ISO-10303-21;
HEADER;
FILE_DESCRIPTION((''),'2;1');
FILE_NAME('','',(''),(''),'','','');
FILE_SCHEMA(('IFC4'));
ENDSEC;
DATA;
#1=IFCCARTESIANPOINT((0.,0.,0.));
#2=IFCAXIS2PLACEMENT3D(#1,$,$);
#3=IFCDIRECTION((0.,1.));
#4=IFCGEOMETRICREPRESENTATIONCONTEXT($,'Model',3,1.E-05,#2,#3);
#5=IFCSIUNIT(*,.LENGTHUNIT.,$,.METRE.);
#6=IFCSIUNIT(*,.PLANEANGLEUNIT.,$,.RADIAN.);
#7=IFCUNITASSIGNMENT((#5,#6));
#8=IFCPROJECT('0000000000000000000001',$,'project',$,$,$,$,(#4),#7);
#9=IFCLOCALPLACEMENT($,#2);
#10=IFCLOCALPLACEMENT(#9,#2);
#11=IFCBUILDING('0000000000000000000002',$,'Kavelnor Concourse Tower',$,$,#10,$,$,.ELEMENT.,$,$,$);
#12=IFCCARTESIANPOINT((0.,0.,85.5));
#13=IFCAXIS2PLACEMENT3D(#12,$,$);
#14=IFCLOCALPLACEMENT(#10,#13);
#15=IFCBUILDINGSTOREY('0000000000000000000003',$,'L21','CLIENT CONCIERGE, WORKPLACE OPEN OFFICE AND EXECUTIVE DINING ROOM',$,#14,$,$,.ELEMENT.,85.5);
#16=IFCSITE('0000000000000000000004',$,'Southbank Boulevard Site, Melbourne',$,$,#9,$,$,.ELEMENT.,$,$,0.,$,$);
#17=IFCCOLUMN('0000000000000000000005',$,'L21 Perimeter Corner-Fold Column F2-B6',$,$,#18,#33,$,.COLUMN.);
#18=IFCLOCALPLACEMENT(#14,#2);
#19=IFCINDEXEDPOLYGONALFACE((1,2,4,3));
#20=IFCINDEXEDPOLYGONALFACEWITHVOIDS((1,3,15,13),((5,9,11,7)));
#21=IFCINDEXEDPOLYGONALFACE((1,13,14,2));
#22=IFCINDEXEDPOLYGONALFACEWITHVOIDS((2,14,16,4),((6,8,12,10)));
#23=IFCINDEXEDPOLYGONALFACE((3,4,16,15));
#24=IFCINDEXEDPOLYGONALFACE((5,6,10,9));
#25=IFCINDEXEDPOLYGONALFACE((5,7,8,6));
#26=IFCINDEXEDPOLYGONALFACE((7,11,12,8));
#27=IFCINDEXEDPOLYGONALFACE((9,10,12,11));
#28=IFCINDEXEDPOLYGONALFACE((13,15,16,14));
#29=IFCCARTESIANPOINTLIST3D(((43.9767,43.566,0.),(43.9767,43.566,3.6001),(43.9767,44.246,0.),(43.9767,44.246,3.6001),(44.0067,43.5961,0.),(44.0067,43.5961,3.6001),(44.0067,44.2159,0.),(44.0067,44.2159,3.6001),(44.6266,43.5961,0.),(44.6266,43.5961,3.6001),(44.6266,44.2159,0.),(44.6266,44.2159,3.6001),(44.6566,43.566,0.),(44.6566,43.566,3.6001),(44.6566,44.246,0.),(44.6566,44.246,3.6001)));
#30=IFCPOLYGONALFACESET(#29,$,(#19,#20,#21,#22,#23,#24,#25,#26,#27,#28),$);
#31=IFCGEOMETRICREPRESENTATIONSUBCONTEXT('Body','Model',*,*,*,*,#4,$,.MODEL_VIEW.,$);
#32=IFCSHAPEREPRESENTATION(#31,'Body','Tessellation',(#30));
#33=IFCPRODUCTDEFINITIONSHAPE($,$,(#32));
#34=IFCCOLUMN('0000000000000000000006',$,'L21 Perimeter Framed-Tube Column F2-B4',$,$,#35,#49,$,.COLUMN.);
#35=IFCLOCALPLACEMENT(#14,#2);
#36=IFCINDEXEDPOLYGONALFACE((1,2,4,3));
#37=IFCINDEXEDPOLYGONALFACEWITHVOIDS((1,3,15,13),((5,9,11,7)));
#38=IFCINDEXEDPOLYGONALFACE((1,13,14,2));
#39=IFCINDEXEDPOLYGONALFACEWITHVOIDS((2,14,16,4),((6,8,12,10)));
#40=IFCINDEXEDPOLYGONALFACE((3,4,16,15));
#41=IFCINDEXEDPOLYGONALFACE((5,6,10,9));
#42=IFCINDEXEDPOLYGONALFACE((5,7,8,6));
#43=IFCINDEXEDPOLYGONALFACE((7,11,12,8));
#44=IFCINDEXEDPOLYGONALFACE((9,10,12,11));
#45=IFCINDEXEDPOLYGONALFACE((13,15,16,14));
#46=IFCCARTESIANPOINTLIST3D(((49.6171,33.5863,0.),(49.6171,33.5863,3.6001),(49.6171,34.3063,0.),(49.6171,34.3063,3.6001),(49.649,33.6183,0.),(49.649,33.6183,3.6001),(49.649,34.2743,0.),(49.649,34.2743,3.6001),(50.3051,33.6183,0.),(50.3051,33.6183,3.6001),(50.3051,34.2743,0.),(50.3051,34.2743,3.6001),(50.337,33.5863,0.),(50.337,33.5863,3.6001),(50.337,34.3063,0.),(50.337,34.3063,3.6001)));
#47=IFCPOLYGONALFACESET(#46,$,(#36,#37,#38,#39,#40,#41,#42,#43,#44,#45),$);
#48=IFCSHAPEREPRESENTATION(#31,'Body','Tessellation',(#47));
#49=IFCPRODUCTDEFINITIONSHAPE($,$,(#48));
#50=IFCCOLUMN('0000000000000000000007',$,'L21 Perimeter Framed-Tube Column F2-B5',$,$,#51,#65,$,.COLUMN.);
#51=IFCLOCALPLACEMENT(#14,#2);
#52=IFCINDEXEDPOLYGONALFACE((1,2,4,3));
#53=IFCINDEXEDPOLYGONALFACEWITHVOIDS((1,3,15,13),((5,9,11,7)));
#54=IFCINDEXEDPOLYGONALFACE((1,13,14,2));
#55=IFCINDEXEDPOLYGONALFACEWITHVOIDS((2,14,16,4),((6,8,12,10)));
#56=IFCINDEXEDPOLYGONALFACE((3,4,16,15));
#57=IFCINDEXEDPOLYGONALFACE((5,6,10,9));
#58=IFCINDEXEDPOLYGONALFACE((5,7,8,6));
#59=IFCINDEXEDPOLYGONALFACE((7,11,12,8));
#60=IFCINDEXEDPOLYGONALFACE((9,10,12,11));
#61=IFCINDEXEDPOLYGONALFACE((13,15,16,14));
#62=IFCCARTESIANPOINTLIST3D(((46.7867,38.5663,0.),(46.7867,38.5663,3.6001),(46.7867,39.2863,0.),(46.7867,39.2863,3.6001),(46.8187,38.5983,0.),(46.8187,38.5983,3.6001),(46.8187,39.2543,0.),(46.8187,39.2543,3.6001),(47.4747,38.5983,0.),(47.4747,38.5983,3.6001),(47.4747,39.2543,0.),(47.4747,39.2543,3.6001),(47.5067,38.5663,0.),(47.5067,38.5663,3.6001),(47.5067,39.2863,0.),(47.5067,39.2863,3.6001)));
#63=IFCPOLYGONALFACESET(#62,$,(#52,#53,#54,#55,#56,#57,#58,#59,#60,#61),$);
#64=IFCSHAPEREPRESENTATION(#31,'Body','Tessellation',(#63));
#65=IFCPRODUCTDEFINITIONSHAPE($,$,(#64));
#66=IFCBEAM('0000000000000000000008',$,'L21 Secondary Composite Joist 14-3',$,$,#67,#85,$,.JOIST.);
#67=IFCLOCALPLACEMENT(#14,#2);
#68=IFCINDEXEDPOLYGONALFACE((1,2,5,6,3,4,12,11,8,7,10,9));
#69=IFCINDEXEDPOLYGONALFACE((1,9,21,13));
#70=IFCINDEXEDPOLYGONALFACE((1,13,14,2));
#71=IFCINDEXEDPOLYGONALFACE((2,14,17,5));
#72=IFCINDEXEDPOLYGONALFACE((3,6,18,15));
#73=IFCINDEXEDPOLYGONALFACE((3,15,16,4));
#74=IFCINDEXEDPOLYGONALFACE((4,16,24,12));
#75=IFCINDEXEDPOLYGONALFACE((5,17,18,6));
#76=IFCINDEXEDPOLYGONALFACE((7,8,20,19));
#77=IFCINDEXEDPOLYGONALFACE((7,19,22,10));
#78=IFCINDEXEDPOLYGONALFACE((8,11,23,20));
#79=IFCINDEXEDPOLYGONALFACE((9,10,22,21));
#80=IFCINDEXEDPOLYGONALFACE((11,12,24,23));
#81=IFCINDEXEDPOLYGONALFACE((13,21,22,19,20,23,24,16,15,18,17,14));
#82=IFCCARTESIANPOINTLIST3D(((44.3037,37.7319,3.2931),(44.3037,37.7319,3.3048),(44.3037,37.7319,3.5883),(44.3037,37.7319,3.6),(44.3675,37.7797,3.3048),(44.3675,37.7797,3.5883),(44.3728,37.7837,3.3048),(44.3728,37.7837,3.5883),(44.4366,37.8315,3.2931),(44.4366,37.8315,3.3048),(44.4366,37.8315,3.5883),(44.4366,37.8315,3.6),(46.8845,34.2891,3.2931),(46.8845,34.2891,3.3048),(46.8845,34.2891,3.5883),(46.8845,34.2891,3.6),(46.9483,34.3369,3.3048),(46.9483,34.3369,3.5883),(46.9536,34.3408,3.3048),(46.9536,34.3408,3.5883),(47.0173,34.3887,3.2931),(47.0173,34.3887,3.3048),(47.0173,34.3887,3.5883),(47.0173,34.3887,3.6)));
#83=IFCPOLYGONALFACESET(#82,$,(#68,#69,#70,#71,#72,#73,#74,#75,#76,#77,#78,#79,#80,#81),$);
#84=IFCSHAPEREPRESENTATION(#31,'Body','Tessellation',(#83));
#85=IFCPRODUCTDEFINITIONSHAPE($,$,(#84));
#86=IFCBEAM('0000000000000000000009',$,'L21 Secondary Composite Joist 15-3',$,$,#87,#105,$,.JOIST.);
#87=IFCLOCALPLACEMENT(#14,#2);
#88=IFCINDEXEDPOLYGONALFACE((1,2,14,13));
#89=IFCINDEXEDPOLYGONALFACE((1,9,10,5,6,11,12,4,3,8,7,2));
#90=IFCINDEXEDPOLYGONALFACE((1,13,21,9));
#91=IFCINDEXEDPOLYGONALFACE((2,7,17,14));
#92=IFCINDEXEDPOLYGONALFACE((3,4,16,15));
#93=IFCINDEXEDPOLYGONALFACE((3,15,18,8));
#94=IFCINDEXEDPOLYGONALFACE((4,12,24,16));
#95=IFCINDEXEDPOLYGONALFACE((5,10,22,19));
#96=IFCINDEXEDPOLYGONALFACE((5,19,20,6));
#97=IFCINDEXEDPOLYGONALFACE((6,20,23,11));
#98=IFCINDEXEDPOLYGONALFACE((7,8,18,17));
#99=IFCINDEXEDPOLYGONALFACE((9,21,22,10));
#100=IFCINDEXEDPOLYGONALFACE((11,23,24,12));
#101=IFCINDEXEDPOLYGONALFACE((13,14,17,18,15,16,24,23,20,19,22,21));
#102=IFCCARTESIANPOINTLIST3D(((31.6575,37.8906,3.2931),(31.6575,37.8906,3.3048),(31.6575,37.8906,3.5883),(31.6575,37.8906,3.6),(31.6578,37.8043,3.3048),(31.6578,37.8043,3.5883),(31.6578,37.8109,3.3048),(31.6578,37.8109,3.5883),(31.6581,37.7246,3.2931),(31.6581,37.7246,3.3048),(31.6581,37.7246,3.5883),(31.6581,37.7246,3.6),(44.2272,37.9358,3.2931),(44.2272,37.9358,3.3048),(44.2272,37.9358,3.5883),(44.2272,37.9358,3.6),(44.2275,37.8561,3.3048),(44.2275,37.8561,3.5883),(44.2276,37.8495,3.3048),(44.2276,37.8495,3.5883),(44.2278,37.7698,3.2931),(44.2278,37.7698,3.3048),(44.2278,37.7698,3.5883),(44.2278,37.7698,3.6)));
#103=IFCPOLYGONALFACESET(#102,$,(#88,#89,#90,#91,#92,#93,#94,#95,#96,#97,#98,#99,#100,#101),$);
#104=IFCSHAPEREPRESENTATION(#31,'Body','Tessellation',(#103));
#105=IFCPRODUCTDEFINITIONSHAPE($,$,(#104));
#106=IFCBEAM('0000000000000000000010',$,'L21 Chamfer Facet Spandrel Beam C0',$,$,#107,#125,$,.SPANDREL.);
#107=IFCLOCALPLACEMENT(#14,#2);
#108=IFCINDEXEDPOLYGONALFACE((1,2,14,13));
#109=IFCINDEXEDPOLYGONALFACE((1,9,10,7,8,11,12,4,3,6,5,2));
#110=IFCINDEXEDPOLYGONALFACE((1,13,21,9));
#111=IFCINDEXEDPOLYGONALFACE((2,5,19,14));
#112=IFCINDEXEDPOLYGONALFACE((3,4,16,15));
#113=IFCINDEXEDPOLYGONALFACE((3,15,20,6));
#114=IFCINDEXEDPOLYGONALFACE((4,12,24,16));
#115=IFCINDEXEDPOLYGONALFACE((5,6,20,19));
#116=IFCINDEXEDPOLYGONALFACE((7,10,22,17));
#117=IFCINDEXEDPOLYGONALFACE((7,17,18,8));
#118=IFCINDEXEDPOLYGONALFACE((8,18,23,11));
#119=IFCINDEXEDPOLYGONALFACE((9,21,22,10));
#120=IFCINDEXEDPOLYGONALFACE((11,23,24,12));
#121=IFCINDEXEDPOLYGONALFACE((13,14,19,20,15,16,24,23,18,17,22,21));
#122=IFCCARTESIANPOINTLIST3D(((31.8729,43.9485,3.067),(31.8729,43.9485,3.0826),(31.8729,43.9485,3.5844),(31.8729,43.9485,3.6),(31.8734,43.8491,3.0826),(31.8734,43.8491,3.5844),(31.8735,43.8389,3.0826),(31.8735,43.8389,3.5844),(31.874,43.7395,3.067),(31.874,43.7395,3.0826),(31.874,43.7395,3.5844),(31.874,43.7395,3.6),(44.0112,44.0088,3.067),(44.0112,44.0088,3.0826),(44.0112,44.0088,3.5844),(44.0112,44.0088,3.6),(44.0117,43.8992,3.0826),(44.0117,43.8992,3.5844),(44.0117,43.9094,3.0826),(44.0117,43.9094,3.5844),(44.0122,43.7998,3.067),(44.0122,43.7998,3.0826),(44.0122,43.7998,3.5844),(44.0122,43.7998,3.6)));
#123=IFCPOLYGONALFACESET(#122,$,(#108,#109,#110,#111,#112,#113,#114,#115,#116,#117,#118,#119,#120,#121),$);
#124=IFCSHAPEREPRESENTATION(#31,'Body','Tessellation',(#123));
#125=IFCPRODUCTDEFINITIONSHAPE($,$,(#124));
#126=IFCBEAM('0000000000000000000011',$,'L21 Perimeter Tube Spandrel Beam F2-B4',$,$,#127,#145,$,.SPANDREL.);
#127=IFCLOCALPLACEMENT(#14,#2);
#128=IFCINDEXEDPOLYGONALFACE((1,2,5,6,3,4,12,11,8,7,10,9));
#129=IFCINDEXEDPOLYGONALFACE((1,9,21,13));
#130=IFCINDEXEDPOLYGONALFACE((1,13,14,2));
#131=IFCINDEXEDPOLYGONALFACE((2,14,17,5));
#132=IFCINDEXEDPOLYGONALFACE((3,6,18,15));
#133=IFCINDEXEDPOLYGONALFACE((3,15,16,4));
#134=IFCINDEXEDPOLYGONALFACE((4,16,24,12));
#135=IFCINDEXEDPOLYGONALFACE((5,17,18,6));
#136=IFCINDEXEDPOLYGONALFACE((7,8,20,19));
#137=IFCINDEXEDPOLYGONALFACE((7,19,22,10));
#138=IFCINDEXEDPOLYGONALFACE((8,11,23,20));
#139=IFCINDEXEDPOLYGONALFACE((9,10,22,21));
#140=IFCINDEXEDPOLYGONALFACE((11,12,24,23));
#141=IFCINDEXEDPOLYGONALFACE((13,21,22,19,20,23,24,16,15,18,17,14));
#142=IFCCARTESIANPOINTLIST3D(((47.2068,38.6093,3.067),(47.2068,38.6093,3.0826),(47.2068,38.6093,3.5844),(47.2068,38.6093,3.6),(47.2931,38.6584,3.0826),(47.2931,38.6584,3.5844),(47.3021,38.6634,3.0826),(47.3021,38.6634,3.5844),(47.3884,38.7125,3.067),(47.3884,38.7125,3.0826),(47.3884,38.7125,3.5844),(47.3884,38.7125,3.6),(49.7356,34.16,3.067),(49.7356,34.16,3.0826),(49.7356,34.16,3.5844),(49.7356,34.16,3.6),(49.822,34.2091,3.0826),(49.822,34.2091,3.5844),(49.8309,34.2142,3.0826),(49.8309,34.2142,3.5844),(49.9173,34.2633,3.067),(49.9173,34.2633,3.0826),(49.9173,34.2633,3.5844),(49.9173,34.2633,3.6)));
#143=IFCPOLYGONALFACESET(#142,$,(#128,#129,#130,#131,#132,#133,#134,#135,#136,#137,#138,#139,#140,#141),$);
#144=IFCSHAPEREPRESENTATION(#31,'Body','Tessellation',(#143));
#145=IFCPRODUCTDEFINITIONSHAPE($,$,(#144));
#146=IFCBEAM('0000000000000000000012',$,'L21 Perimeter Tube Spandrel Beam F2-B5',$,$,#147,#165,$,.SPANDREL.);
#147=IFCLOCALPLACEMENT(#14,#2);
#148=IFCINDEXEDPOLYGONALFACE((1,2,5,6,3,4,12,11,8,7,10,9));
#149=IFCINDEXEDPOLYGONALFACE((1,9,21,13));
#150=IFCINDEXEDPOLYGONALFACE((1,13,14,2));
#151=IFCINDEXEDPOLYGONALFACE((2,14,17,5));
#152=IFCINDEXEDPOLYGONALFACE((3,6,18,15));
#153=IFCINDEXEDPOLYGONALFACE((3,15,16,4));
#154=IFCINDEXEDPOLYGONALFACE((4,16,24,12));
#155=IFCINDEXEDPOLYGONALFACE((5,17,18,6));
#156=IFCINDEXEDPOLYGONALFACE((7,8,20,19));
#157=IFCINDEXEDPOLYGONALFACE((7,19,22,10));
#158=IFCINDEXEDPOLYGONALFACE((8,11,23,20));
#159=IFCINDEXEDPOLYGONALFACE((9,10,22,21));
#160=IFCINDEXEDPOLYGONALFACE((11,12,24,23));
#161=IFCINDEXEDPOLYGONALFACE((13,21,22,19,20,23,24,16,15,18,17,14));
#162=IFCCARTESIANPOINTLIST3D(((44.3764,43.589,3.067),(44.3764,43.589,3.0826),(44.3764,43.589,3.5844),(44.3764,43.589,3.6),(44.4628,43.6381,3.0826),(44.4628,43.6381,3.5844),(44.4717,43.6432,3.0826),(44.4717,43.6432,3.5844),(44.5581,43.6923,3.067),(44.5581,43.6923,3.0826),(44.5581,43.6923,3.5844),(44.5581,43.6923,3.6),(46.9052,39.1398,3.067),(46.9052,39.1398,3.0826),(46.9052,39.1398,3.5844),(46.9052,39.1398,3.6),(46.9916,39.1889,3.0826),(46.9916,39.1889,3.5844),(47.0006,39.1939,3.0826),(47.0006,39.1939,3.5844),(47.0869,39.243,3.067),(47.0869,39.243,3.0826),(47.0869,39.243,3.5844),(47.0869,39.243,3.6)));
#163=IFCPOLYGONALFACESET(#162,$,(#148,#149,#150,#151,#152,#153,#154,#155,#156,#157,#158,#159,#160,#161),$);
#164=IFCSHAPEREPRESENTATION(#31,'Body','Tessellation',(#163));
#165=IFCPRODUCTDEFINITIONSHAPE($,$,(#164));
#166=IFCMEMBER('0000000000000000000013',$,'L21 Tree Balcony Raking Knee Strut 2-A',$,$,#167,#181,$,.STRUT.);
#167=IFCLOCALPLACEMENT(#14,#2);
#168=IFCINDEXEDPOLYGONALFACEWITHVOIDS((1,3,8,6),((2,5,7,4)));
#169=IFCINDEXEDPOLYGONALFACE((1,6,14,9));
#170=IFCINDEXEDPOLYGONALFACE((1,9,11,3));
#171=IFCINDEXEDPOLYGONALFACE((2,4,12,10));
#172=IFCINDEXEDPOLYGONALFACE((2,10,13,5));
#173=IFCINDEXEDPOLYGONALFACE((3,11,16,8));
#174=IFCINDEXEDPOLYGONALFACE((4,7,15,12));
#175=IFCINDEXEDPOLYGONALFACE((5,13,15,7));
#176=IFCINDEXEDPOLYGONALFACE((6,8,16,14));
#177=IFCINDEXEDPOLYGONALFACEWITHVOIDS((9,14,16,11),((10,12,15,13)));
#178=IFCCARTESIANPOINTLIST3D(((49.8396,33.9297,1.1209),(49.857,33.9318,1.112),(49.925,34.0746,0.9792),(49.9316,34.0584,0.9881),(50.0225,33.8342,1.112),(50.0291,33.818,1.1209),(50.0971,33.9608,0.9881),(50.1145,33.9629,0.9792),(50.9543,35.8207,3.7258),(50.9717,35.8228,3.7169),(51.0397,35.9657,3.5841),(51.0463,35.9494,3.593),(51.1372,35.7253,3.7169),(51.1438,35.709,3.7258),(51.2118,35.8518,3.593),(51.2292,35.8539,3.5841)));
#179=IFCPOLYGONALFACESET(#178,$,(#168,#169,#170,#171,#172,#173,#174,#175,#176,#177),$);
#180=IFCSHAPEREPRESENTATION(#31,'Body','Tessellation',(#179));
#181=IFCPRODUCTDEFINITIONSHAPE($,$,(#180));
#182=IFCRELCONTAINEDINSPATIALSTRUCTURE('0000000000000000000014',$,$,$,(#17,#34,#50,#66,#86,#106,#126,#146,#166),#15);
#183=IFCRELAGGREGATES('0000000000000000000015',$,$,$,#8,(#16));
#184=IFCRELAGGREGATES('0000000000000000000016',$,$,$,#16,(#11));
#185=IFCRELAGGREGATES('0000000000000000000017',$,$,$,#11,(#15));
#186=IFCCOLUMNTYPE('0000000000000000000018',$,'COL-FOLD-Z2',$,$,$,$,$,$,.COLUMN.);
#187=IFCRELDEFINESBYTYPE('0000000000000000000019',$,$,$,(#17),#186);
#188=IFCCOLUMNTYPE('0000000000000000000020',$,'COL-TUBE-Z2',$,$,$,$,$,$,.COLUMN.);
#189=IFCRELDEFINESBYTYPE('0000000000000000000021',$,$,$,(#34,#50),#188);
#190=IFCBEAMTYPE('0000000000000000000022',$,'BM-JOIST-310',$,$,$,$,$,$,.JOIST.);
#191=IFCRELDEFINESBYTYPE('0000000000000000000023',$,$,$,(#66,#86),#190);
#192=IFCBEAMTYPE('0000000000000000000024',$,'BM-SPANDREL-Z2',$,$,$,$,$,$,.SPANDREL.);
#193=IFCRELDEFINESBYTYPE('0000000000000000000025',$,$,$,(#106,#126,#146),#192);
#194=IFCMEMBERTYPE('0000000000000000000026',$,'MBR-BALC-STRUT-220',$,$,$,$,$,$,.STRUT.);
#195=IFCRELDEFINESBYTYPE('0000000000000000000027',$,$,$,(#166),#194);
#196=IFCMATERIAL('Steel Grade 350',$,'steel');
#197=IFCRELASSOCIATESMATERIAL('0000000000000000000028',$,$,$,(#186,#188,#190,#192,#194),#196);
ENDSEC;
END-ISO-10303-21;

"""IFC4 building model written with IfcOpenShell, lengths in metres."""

from ifc_helpers import new_model, si_unit, direction, frame, origin, origin_2d, place, context, subcontext, project, spatial, hollow_rectangle, i_section, extrude, material, material_profile, profile_set, type_object, element, save


model = new_model("IFC4")

# Units and contexts
model_context = context("Model", 3, precision=1e-05, world=origin(), true_north=direction((0.0, 1.0)))
body_context = subcontext(model_context, "Body", "Model", "MODEL_VIEW")
ifc_project = project(units=[si_unit("LENGTHUNIT", "METRE"), si_unit("PLANEANGLEUNIT", "RADIAN")], contexts=[model_context])

# Site, building, storey
site_placement = place(None, origin())
site = spatial("IfcSite", under=ifc_project, at=site_placement, Name="Southbank Boulevard Site, Melbourne", CompositionType="ELEMENT", RefElevation=0.0)
building_placement = place(site_placement, origin())
building = spatial("IfcBuilding", under=site, at=building_placement, Name="Kavelnor Concourse Tower", CompositionType="ELEMENT")
storey_placement = place(building_placement, frame((0.0, 0.0, 85.5)))
storey = spatial("IfcBuildingStorey", under=building, at=storey_placement, Name="L21", Description="CLIENT CONCIERGE, WORKPLACE OPEN OFFICE AND EXECUTIVE DINING ROOM", CompositionType="ELEMENT", Elevation=85.5)

# Columns
ifc_material_1 = material(Name="Steel Grade 350", Category="steel")
ifc_material_profile_1 = material_profile(ifc_material_1, hollow_rectangle(XDim=0.6799, YDim=0.6799, WallThickness=0.03, at=origin_2d()), Name="SHS 680x680x30")
ifc_profile_set_1 = profile_set([ifc_material_profile_1], Name="Steel Grade 350")
column_type_1 = type_object("IfcColumnType", Name="COL-FOLD-Z2", PredefinedType="COLUMN", material=ifc_profile_set_1)
column_placement = place(storey_placement, frame((44.3167, 43.906, 0.0), z_axis=(0.0, 0.0, 1.0), x_axis=(1.0, 0.0, 0.0)))
element("IfcColumn", 1, at=column_placement, inside=storey, type_object=column_type_1, Name="L21 Perimeter Corner-Fold Column F2-B6", PredefinedType="COLUMN", context=body_context, shape_type="SweptSolid", body=[
    extrude(hollow_rectangle(XDim=0.6799, YDim=0.6799, WallThickness=0.03, at=origin_2d()), origin(), (0.0, 0.0, 1.0), 3.6001),
])
ifc_material_profile_2 = material_profile(ifc_material_1, hollow_rectangle(XDim=0.72, YDim=0.72, WallThickness=0.032, at=origin_2d()), Name="SHS 720x720x32")
ifc_profile_set_2 = profile_set([ifc_material_profile_2], Name="Steel Grade 350")
column_type_2 = type_object("IfcColumnType", Name="COL-TUBE-Z2", PredefinedType="COLUMN", material=ifc_profile_set_2)
for number, where, z_axis, x_axis, name in (
    (2, (49.9771, 33.9463, 0.0), (0.0, 0.0, 1.0), (1.0, 0.0, 0.0), "L21 Perimeter Framed-Tube Column F2-B4"),
    (3, (47.1467, 38.9263, 0.0), (0.0, 0.0, 1.0), (1.0, 0.0, 0.0), "L21 Perimeter Framed-Tube Column F2-B5"),
):
    element("IfcColumn", number, at=place(storey_placement, frame(where, z_axis=z_axis, x_axis=x_axis)), inside=storey, type_object=column_type_2, Name=name, PredefinedType="COLUMN", context=body_context, shape_type="SweptSolid", body=[
        extrude(hollow_rectangle(XDim=0.72, YDim=0.72, WallThickness=0.032, at=origin_2d()), origin(), (0.0, 0.0, 1.0), 3.6001),
    ])

# Beams
ifc_material_profile_3 = material_profile(ifc_material_1, i_section(OverallWidth=0.166, OverallDepth=0.3069, WebThickness=0.0066, FlangeThickness=0.0117, at=origin_2d()), Name="310UB46")
ifc_profile_set_3 = profile_set([ifc_material_profile_3], Name="Steel Grade 350")
beam_type_1 = type_object("IfcBeamType", Name="BM-JOIST-310", PredefinedType="JOIST", material=ifc_profile_set_3)
beam_1_placement = place(storey_placement, frame((46.9509, 34.3389, 3.4465), z_axis=(-0.5998, 0.80015, 0.0), x_axis=(-0.80015, -0.5998, 0.0)))
element("IfcBeam", 4, at=beam_1_placement, inside=storey, type_object=beam_type_1, Name="L21 Secondary Composite Joist 14-3", PredefinedType="JOIST", context=body_context, shape_type="SweptSolid", body=[
    extrude(i_section(OverallWidth=0.166, OverallDepth=0.3069, WebThickness=0.0066, FlangeThickness=0.0117, at=origin_2d()), origin(), (0.0, 0.0, 1.0), 4.3027),
])
beam_2_placement = place(storey_placement, frame((44.2275, 37.8528, 3.4465), z_axis=(-0.999994, -0.003593, 0.0), x_axis=(0.003593, -0.999994, 0.0)))
element("IfcBeam", 5, at=beam_2_placement, inside=storey, type_object=beam_type_1, Name="L21 Secondary Composite Joist 15-3", PredefinedType="JOIST", context=body_context, shape_type="SweptSolid", body=[
    extrude(i_section(OverallWidth=0.166, OverallDepth=0.3069, WebThickness=0.0066, FlangeThickness=0.0117, at=origin_2d()), origin(), (0.0, 0.0, 1.0), 12.5698),
])
ifc_material_profile_4 = material_profile(ifc_material_1, i_section(OverallWidth=0.209, OverallDepth=0.533, WebThickness=0.0103, FlangeThickness=0.0156, at=origin_2d()), Name="530UB92")
ifc_profile_set_4 = profile_set([ifc_material_profile_4], Name="Steel Grade 350")
beam_type_2 = type_object("IfcBeamType", Name="BM-SPANDREL-Z2", PredefinedType="SPANDREL", material=ifc_profile_set_4)
beam_3_placement = place(storey_placement, frame((44.0117, 43.9043, 3.3335), z_axis=(-0.999988, -0.004968, 0.0), x_axis=(0.004968, -0.999988, 0.0)))
element("IfcBeam", 6, at=beam_3_placement, inside=storey, type_object=beam_type_2, Name="L21 Chamfer Facet Spandrel Beam C0", PredefinedType="SPANDREL", context=body_context, shape_type="SweptSolid", body=[
    extrude(i_section(OverallWidth=0.209, OverallDepth=0.533, WebThickness=0.0103, FlangeThickness=0.0156, at=origin_2d()), origin(), (0.0, 0.0, 1.0), 12.1384),
])
for number, where, z_axis, x_axis, name in (
    (7, (49.8264, 34.2117, 3.3335), (-0.494134, 0.869386, 0.0), (-0.869386, -0.494134, 0.0), "L21 Perimeter Tube Spandrel Beam F2-B4"),
    (8, (46.9961, 39.1914, 3.3335), (-0.494134, 0.869386, 0.0), (-0.869386, -0.494134, 0.0), "L21 Perimeter Tube Spandrel Beam F2-B5"),
):
    element("IfcBeam", number, at=place(storey_placement, frame(where, z_axis=z_axis, x_axis=x_axis)), inside=storey, type_object=beam_type_2, Name=name, PredefinedType="SPANDREL", context=body_context, shape_type="SweptSolid", body=[
        extrude(i_section(OverallWidth=0.209, OverallDepth=0.533, WebThickness=0.0103, FlangeThickness=0.0156, at=origin_2d()), origin(), (0.0, 0.0, 1.0), 5.1177),
    ])

# Member
ifc_material_profile_5 = material_profile(ifc_material_1, hollow_rectangle(XDim=0.22, YDim=0.22, WallThickness=0.0139, at=origin_2d()), Name="SHS 220x220x14")
ifc_profile_set_5 = profile_set([ifc_material_profile_5], Name="Steel Grade 350")
member_type = type_object("IfcMemberType", Name="MBR-BALC-STRUT-220", PredefinedType="STRUT", material=ifc_profile_set_5)
member_1_placement = place(storey_placement, frame((49.9771, 33.9463, 1.05), z_axis=(0.327232, 0.555133, 0.764687), x_axis=(-0.861471, 0.507807, 0.0)))
element("IfcMember", 9, at=member_1_placement, inside=storey, type_object=member_type, Name="L21 Tree Balcony Raking Knee Strut 2-A", PredefinedType="STRUT", context=body_context, shape_type="SweptSolid", body=[
    extrude(hollow_rectangle(XDim=0.22, YDim=0.22, WallThickness=0.0139, at=origin_2d()), origin(), (0.0, 0.0, 1.0), 3.4065),
])

save(model, "model.ifc")
